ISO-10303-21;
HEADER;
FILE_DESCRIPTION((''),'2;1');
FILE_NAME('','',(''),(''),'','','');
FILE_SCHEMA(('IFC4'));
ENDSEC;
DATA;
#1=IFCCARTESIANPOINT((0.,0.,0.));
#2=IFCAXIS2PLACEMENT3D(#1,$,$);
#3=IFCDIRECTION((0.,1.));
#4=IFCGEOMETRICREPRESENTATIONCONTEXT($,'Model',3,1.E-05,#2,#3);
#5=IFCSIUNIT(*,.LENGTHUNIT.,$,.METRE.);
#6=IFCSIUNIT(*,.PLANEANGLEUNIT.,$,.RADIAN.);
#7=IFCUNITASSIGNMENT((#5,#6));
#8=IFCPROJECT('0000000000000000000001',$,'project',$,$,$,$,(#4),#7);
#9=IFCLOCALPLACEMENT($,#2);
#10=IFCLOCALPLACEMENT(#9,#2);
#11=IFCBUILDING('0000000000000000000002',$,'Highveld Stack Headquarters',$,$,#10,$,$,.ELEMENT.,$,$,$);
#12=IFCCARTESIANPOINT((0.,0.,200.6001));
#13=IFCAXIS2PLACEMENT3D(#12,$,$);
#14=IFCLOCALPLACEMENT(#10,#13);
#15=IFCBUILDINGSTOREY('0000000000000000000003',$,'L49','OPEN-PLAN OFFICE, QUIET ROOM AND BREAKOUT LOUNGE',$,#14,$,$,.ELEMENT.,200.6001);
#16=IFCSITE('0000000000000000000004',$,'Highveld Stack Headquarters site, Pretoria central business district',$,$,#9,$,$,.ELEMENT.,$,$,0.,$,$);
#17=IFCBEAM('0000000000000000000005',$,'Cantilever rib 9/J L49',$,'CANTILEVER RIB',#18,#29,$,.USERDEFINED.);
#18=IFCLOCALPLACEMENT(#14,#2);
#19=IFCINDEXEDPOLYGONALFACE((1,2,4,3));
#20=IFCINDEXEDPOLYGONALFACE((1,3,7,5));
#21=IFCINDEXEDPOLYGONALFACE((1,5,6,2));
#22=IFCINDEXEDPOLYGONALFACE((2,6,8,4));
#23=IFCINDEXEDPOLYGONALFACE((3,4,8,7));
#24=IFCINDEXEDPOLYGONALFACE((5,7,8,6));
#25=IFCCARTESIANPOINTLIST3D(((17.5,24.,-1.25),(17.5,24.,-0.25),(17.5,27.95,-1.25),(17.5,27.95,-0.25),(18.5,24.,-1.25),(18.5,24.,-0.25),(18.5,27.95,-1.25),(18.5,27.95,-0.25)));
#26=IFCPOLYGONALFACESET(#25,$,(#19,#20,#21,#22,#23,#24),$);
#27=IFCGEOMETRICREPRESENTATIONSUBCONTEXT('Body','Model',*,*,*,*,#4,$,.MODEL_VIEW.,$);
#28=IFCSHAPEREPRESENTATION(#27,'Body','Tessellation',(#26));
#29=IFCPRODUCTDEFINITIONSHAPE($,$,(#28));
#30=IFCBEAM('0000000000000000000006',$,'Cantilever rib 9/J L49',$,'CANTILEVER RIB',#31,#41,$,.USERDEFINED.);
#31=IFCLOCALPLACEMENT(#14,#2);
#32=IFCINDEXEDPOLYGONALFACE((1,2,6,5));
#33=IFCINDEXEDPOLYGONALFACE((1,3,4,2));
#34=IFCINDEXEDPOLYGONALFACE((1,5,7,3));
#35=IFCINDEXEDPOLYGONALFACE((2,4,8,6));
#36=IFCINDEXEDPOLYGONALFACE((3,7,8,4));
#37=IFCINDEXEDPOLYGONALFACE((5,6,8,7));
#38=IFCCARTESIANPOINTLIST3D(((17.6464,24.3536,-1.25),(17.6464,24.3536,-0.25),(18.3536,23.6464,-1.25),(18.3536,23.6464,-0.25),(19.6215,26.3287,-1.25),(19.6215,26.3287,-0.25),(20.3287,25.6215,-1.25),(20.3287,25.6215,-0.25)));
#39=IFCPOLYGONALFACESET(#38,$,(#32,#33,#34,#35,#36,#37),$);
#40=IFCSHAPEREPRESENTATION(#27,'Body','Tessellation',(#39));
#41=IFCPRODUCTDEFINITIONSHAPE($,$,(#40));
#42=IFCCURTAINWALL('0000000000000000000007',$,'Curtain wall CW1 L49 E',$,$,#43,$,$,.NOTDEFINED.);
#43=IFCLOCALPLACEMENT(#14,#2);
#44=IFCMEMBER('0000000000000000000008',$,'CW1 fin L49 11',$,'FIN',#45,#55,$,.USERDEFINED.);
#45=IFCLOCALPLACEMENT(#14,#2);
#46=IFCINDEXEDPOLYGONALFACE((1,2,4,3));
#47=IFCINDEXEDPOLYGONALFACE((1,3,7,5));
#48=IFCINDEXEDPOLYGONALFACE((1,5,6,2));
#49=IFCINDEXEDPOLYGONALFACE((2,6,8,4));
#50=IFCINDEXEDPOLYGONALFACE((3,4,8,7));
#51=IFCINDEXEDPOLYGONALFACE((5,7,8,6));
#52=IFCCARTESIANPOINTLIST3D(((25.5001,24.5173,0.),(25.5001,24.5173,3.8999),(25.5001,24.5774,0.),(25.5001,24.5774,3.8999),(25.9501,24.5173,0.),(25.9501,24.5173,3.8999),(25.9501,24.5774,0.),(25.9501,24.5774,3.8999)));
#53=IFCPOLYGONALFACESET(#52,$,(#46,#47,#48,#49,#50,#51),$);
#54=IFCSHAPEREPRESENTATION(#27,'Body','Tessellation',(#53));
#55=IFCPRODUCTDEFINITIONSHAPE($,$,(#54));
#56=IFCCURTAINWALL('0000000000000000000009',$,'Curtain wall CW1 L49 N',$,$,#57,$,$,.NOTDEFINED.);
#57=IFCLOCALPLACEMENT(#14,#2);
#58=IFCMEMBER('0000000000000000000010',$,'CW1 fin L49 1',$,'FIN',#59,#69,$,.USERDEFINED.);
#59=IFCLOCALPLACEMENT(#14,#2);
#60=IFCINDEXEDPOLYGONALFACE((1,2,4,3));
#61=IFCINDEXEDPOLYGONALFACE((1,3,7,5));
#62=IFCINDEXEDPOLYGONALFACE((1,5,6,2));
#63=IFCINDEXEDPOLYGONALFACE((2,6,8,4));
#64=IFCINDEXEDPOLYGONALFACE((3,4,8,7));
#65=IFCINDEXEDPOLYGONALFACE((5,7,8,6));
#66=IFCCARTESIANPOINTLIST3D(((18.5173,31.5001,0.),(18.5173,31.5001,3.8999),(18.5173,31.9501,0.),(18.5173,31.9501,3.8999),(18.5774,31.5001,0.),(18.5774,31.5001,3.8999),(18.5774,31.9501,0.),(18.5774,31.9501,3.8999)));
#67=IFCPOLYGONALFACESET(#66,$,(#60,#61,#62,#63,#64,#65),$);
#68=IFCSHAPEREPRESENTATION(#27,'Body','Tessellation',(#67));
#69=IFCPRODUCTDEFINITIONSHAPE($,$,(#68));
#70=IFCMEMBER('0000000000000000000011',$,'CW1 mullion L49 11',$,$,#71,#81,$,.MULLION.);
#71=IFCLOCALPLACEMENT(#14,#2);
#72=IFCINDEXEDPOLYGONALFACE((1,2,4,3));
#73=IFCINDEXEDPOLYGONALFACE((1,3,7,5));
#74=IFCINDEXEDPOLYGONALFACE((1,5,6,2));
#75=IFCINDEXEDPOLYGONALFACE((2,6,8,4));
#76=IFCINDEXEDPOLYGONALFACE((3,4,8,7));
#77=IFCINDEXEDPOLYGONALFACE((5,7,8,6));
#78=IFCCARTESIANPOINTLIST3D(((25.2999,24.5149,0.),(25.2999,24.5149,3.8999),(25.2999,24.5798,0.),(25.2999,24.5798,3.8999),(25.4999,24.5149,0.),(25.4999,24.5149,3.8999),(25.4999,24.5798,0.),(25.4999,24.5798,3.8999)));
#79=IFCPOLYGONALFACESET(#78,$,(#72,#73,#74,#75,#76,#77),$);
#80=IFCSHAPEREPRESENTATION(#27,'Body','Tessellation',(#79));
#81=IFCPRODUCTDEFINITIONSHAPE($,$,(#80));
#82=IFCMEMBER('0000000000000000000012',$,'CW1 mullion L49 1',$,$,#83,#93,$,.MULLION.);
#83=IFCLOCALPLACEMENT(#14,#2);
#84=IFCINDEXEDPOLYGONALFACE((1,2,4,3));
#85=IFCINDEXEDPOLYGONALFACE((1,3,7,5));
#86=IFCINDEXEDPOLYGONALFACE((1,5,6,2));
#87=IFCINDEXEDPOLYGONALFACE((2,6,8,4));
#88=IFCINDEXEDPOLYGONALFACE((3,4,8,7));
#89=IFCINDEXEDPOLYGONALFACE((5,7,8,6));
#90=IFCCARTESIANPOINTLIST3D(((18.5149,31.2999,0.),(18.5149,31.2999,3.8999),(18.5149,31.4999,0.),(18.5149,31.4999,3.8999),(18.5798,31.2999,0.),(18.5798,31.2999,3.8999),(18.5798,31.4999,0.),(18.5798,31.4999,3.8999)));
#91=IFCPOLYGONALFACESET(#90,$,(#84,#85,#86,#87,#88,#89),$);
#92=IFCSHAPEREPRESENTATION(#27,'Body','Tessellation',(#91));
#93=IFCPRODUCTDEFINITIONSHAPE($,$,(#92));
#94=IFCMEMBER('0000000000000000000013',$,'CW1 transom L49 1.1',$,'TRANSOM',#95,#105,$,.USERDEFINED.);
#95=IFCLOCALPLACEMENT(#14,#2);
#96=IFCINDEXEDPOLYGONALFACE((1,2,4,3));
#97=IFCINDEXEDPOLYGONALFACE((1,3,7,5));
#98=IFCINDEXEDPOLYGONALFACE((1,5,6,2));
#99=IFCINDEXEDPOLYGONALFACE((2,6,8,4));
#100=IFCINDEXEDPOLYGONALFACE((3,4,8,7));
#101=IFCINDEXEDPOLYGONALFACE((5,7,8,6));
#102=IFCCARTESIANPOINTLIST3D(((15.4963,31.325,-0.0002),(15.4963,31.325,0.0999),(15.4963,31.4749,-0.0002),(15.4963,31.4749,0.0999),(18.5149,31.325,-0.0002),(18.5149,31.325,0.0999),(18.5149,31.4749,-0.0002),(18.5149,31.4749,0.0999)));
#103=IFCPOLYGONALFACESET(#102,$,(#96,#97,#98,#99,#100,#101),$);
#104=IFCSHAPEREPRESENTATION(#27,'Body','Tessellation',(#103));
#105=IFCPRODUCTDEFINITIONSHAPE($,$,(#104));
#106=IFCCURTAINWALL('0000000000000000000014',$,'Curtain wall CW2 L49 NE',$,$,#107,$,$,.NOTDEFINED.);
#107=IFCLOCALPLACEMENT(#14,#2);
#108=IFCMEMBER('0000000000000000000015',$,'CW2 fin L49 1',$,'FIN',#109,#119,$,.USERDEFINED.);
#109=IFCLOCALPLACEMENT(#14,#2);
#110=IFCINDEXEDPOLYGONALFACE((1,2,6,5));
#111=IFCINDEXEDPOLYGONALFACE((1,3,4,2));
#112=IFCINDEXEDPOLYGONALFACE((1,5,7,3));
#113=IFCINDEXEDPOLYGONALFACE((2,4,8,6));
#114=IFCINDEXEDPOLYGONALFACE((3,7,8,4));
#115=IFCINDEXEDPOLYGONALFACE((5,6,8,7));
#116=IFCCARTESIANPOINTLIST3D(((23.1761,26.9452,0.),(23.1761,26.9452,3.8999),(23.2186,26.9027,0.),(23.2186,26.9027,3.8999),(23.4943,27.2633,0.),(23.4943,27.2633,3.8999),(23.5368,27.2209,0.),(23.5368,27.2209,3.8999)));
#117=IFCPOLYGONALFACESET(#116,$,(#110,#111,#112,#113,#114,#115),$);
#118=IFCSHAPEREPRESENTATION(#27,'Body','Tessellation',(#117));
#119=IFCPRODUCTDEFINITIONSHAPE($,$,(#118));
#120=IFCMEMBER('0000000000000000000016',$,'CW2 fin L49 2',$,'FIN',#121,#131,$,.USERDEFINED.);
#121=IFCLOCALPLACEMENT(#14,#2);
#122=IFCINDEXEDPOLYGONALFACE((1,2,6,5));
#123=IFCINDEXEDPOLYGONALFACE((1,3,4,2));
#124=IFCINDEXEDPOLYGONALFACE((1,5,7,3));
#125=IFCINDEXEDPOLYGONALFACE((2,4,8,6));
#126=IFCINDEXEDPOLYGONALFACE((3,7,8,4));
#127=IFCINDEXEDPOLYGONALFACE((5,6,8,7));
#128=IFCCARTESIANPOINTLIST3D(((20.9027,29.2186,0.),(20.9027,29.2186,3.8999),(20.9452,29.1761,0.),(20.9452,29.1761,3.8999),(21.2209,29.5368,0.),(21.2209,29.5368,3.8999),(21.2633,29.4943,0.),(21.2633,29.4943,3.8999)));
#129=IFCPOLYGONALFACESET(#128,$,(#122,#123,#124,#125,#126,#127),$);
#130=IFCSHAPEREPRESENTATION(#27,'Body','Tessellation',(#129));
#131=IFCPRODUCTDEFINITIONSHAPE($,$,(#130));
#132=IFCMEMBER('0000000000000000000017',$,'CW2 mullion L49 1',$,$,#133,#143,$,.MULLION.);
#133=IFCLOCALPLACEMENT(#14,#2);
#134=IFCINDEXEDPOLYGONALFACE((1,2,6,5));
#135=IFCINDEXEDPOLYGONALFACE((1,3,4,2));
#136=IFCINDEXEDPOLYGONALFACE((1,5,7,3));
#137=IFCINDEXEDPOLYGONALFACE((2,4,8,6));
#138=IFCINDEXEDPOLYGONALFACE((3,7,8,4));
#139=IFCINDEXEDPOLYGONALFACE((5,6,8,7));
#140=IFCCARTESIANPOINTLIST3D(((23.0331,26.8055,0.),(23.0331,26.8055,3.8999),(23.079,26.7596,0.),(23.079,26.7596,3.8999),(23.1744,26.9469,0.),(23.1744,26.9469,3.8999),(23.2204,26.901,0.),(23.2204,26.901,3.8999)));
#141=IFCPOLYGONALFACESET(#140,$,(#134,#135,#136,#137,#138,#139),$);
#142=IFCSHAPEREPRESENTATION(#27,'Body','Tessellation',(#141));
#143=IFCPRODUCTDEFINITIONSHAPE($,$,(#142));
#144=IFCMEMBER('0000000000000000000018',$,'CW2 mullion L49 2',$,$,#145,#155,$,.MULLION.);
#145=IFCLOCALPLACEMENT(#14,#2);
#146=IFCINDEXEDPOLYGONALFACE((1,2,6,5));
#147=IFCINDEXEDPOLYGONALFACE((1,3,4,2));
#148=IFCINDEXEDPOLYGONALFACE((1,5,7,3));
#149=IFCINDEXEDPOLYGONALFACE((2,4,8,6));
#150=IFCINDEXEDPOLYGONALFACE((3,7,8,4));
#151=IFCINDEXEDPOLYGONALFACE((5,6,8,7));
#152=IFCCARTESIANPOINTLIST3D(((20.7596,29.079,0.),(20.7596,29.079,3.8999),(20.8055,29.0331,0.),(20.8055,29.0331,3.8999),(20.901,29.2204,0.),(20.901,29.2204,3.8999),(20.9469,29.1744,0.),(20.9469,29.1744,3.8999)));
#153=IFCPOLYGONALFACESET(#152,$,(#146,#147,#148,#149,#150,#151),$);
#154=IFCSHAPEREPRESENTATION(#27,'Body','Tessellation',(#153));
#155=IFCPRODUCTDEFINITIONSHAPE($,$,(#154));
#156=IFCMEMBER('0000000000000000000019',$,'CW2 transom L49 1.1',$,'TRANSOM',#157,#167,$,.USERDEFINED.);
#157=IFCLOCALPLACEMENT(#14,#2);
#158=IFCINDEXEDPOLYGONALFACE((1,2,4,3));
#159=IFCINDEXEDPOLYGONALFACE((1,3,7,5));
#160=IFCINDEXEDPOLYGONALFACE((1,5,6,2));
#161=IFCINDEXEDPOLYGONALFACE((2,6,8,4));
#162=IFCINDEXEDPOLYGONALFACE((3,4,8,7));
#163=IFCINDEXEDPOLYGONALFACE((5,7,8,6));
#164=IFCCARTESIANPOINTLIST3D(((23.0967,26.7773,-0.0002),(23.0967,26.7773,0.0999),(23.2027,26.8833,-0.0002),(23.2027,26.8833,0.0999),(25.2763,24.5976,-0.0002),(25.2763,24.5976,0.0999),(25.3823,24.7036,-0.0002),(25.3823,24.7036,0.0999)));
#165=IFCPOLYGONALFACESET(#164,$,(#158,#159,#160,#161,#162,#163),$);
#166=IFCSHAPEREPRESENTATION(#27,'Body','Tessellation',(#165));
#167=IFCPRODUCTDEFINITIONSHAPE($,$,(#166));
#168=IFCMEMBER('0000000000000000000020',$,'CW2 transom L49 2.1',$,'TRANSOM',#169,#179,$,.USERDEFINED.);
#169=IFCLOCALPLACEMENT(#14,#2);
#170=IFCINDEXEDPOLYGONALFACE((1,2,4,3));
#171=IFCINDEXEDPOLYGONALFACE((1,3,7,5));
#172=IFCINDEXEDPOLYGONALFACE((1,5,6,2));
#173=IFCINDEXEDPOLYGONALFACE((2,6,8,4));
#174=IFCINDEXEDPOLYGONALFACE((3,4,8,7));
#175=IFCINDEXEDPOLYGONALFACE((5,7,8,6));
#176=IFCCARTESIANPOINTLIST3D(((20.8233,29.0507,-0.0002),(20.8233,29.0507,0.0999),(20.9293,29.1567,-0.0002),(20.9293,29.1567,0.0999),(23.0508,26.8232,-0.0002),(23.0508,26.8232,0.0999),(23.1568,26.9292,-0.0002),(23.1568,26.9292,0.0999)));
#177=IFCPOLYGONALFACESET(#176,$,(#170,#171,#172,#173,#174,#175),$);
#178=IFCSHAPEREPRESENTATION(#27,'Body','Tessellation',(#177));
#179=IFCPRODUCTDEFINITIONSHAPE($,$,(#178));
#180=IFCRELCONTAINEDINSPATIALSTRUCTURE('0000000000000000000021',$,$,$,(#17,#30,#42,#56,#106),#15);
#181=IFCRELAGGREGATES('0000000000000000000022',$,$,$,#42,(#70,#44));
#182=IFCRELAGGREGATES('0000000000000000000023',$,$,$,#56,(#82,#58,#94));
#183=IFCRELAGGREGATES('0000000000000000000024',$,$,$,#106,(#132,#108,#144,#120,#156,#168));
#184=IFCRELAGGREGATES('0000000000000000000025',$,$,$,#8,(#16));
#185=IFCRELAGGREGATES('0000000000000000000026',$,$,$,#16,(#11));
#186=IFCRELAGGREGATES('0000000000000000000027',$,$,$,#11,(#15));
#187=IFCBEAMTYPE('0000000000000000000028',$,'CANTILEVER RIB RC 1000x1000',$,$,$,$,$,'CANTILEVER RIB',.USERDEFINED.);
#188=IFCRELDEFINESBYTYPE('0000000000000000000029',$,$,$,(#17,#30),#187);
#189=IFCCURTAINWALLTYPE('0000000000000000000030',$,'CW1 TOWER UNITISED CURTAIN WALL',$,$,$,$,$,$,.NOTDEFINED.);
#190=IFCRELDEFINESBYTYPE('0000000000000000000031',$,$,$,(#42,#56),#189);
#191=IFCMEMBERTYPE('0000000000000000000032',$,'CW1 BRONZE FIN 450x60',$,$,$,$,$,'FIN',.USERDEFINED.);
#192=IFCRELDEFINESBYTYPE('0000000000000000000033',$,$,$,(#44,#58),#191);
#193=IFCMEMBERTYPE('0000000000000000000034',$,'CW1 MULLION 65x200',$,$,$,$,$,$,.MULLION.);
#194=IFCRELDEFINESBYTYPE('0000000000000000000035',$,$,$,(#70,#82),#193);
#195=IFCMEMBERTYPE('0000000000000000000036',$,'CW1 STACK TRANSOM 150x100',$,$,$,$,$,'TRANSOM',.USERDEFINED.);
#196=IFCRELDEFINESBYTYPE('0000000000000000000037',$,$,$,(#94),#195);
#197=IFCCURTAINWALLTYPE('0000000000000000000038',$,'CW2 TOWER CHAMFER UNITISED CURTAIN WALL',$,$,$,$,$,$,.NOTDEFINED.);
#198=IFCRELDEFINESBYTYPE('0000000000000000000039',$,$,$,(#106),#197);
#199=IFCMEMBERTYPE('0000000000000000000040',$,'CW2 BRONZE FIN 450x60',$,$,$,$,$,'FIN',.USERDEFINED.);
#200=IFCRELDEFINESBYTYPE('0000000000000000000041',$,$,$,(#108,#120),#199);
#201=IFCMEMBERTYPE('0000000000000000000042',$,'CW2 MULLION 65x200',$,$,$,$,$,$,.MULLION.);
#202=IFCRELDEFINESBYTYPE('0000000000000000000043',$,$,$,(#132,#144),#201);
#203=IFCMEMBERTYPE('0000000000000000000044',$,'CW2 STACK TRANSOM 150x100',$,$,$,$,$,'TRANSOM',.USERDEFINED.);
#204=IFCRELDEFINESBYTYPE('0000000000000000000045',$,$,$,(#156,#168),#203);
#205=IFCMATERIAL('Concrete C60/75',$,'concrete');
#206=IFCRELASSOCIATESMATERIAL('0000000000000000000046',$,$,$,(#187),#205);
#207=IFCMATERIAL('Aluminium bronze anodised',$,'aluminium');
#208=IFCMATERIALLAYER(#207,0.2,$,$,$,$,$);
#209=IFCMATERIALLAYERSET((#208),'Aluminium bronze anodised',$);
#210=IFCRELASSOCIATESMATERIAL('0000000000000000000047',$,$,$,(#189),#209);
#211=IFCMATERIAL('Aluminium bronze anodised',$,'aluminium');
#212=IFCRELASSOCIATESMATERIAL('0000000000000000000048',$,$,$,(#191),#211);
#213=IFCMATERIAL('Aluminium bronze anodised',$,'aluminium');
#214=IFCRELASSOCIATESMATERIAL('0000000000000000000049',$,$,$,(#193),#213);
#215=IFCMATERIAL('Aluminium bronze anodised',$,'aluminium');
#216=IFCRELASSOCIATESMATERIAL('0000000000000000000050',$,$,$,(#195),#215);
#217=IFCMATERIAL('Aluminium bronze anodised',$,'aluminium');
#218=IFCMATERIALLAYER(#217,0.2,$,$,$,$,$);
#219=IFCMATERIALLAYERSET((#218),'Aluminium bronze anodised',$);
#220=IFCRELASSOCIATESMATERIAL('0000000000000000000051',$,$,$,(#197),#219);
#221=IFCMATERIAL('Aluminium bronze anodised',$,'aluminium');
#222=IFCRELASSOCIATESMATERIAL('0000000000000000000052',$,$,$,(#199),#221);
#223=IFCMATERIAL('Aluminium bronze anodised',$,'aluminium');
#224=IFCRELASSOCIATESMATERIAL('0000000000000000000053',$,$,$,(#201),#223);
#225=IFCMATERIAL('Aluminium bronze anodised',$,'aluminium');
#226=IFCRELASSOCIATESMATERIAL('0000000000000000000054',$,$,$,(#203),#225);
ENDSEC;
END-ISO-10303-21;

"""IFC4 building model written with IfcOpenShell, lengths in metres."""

from ifc_helpers import new_model, si_unit, direction, frame, origin, origin_2d, place, context, subcontext, project, spatial, rectangle, extrude, material, layer, layer_set, material_profile, profile_set, type_object, element, aggregate, save


model = new_model("IFC4")

# Units and contexts
model_context = context("Model", 3, precision=1e-05, world=origin(), true_north=direction((0.0, 1.0)))
body_context = subcontext(model_context, "Body", "Model", "MODEL_VIEW")
ifc_project = project(units=[si_unit("LENGTHUNIT", "METRE"), si_unit("PLANEANGLEUNIT", "RADIAN")], contexts=[model_context])

# Site, building, storey
site_placement = place(None, origin())
site = spatial("IfcSite", under=ifc_project, at=site_placement, Name="Highveld Stack Headquarters site, Pretoria central business district", CompositionType="ELEMENT", RefElevation=0.0)
building_placement = place(site_placement, origin())
building = spatial("IfcBuilding", under=site, at=building_placement, Name="Highveld Stack Headquarters", CompositionType="ELEMENT")
storey_placement = place(building_placement, frame((0.0, 0.0, 200.6001)))
storey = spatial("IfcBuildingStorey", under=building, at=storey_placement, Name="L49", Description="OPEN-PLAN OFFICE, QUIET ROOM AND BREAKOUT LOUNGE", CompositionType="ELEMENT", Elevation=200.6001)

# Beams
ifc_material_1 = material(Name="Concrete C60/75", Category="concrete")
ifc_material_profile_1 = material_profile(ifc_material_1, rectangle(XDim=1.0, YDim=1.0, at=origin_2d()), Name="RC 1000x1000")
ifc_profile_set_1 = profile_set([ifc_material_profile_1], Name="Concrete C60/75")
beam_type_1 = type_object("IfcBeamType", Name="CANTILEVER RIB RC 1000x1000", ElementType="CANTILEVER RIB", PredefinedType="USERDEFINED", material=ifc_profile_set_1)
beam_1_placement = place(storey_placement, frame((18.0, 24.0, -0.75), z_axis=(0.0, 1.0, 0.0), x_axis=(-1.0, 0.0, 0.0)))
element("IfcBeam", 1, at=beam_1_placement, inside=storey, type_object=beam_type_1, Name="Cantilever rib 9/J L49", ObjectType="CANTILEVER RIB", PredefinedType="USERDEFINED", context=body_context, shape_type="SweptSolid", body=[
    extrude(rectangle(XDim=1.0, YDim=1.0, at=origin_2d()), origin(), (0.0, 0.0, 1.0), 3.95),
])
beam_2_placement = place(storey_placement, frame((18.0, 24.0, -0.75), z_axis=(0.707107, 0.707107, 0.0), x_axis=(-0.707107, 0.707107, 0.0)))
element("IfcBeam", 2, at=beam_2_placement, inside=storey, type_object=beam_type_1, Name="Cantilever rib 9/J L49", ObjectType="CANTILEVER RIB", PredefinedType="USERDEFINED", context=body_context, shape_type="SweptSolid", body=[
    extrude(rectangle(XDim=1.0, YDim=1.0, at=origin_2d()), origin(), (0.0, 0.0, 1.0), 2.7932),
])

# Curtain walls, members
ifc_material_2 = material(Name="Aluminium bronze anodised", Category="aluminium")
ifc_layer_1 = layer(ifc_material_2, 0.2)
ifc_layer_set_1 = layer_set([ifc_layer_1], Name="Aluminium bronze anodised")
curtain_wall_type_1 = type_object("IfcCurtainWallType", Name="CW1 TOWER UNITISED CURTAIN WALL", PredefinedType="NOTDEFINED", material=ifc_layer_set_1)
curtain_wall_1_placement = place(storey_placement, origin())
curtain_wall_1 = element("IfcCurtainWall", 3, at=curtain_wall_1_placement, inside=storey, type_object=curtain_wall_type_1, Name="Curtain wall CW1 L49 E", PredefinedType="NOTDEFINED")
ifc_material_3 = material(Name="Aluminium bronze anodised", Category="aluminium")
ifc_material_profile_2 = material_profile(ifc_material_3, rectangle(XDim=0.45, YDim=0.0601, at=origin_2d()), Name="FIN 450x60")
ifc_profile_set_2 = profile_set([ifc_material_profile_2], Name="Aluminium bronze anodised")
member_type_1 = type_object("IfcMemberType", Name="CW1 BRONZE FIN 450x60", ElementType="FIN", PredefinedType="USERDEFINED", material=ifc_profile_set_2)
member_1_placement = place(storey_placement, frame((25.7251, 24.5474, 0.0), z_axis=(0.0, 0.0, 1.0), x_axis=(-1.0, 0.0, 0.0)))
member_1 = element("IfcMember", 4, at=member_1_placement, type_object=member_type_1, Name="CW1 fin L49 11", ObjectType="FIN", PredefinedType="USERDEFINED", context=body_context, shape_type="SweptSolid", body=[
    extrude(rectangle(XDim=0.45, YDim=0.0601, at=origin_2d()), origin(), (0.0, 0.0, 1.0), 3.8999),
])
curtain_wall_2_placement = place(storey_placement, origin())
curtain_wall_2 = element("IfcCurtainWall", 5, at=curtain_wall_2_placement, inside=storey, type_object=curtain_wall_type_1, Name="Curtain wall CW1 L49 N", PredefinedType="NOTDEFINED")
member_2_placement = place(storey_placement, frame((18.5474, 31.7251, 0.0), z_axis=(0.0, 0.0, 1.0), x_axis=(0.0, -1.0, 0.0)))
member_2 = element("IfcMember", 6, at=member_2_placement, type_object=member_type_1, Name="CW1 fin L49 1", ObjectType="FIN", PredefinedType="USERDEFINED", context=body_context, shape_type="SweptSolid", body=[
    extrude(rectangle(XDim=0.45, YDim=0.0601, at=origin_2d()), origin(), (0.0, 0.0, 1.0), 3.8999),
])

# Members
ifc_material_4 = material(Name="Aluminium bronze anodised", Category="aluminium")
ifc_material_profile_3 = material_profile(ifc_material_4, rectangle(XDim=0.2, YDim=0.0649, at=origin_2d()), Name="CW1 MULLION 65x200")
ifc_profile_set_3 = profile_set([ifc_material_profile_3], Name="Aluminium bronze anodised")
member_type_2 = type_object("IfcMemberType", Name="CW1 MULLION 65x200", PredefinedType="MULLION", material=ifc_profile_set_3)
member_3_placement = place(storey_placement, frame((25.3999, 24.5474, 0.0), z_axis=(0.0, 0.0, 1.0), x_axis=(-1.0, 0.0, 0.0)))
member_3 = element("IfcMember", 7, at=member_3_placement, type_object=member_type_2, Name="CW1 mullion L49 11", PredefinedType="MULLION", context=body_context, shape_type="SweptSolid", body=[
    extrude(rectangle(XDim=0.2, YDim=0.0649, at=origin_2d()), origin(), (0.0, 0.0, 1.0), 3.8999),
])
aggregate(curtain_wall_1, [member_3, member_1])
member_4_placement = place(storey_placement, frame((18.5474, 31.3999, 0.0), z_axis=(0.0, 0.0, 1.0), x_axis=(0.0, -1.0, 0.0)))
member_4 = element("IfcMember", 8, at=member_4_placement, type_object=member_type_2, Name="CW1 mullion L49 1", PredefinedType="MULLION", context=body_context, shape_type="SweptSolid", body=[
    extrude(rectangle(XDim=0.2, YDim=0.0649, at=origin_2d()), origin(), (0.0, 0.0, 1.0), 3.8999),
])
ifc_material_5 = material(Name="Aluminium bronze anodised", Category="aluminium")
ifc_material_profile_4 = material_profile(ifc_material_5, rectangle(XDim=0.1499, YDim=0.1001, at=origin_2d()), Name="CW1 TRANSOM 150x100")
ifc_profile_set_4 = profile_set([ifc_material_profile_4], Name="Aluminium bronze anodised")
member_type_3 = type_object("IfcMemberType", Name="CW1 STACK TRANSOM 150x100", ElementType="TRANSOM", PredefinedType="USERDEFINED", material=ifc_profile_set_4)
member_5_placement = place(storey_placement, frame((18.5149, 31.3999, 0.0498), z_axis=(-1.0, 0.0, 0.0), x_axis=(0.0, -1.0, 0.0)))
member_5 = element("IfcMember", 9, at=member_5_placement, type_object=member_type_3, Name="CW1 transom L49 1.1", ObjectType="TRANSOM", PredefinedType="USERDEFINED", context=body_context, shape_type="SweptSolid", body=[
    extrude(rectangle(XDim=0.1499, YDim=0.1001, at=origin_2d()), origin(), (0.0, 0.0, 1.0), 3.0186),
])
aggregate(curtain_wall_2, [member_4, member_2, member_5])

# Curtain wall, members
ifc_material_6 = material(Name="Aluminium bronze anodised", Category="aluminium")
ifc_layer_2 = layer(ifc_material_6, 0.2)
ifc_layer_set_2 = layer_set([ifc_layer_2], Name="Aluminium bronze anodised")
curtain_wall_type_2 = type_object("IfcCurtainWallType", Name="CW2 TOWER CHAMFER UNITISED CURTAIN WALL", PredefinedType="NOTDEFINED", material=ifc_layer_set_2)
curtain_wall_3_placement = place(storey_placement, origin())
curtain_wall_3 = element("IfcCurtainWall", 10, at=curtain_wall_3_placement, inside=storey, type_object=curtain_wall_type_2, Name="Curtain wall CW2 L49 NE", PredefinedType="NOTDEFINED")
ifc_material_7 = material(Name="Aluminium bronze anodised", Category="aluminium")
ifc_material_profile_5 = material_profile(ifc_material_7, rectangle(XDim=0.45, YDim=0.0601, at=origin_2d()), Name="FIN 450x60")
ifc_profile_set_5 = profile_set([ifc_material_profile_5], Name="Aluminium bronze anodised")
member_type_4 = type_object("IfcMemberType", Name="CW2 BRONZE FIN 450x60", ElementType="FIN", PredefinedType="USERDEFINED", material=ifc_profile_set_5)
member_6_placement = place(storey_placement, frame((23.3564, 27.083, 0.0), z_axis=(0.0, 0.0, 1.0), x_axis=(-0.707107, -0.707107, 0.0)))
member_6 = element("IfcMember", 11, at=member_6_placement, type_object=member_type_4, Name="CW2 fin L49 1", ObjectType="FIN", PredefinedType="USERDEFINED", context=body_context, shape_type="SweptSolid", body=[
    extrude(rectangle(XDim=0.45, YDim=0.0601, at=origin_2d()), origin(), (0.0, 0.0, 1.0), 3.8999),
])
member_7_placement = place(storey_placement, frame((21.083, 29.3564, 0.0), z_axis=(0.0, 0.0, 1.0), x_axis=(-0.707107, -0.707107, 0.0)))
member_7 = element("IfcMember", 12, at=member_7_placement, type_object=member_type_4, Name="CW2 fin L49 2", ObjectType="FIN", PredefinedType="USERDEFINED", context=body_context, shape_type="SweptSolid", body=[
    extrude(rectangle(XDim=0.45, YDim=0.0601, at=origin_2d()), origin(), (0.0, 0.0, 1.0), 3.8999),
])
ifc_material_8 = material(Name="Aluminium bronze anodised", Category="aluminium")
ifc_material_profile_6 = material_profile(ifc_material_8, rectangle(XDim=0.2, YDim=0.0649, at=origin_2d()), Name="CW2 MULLION 65x200")
ifc_profile_set_6 = profile_set([ifc_material_profile_6], Name="Aluminium bronze anodised")
member_type_5 = type_object("IfcMemberType", Name="CW2 MULLION 65x200", PredefinedType="MULLION", material=ifc_profile_set_6)
member_8_placement = place(storey_placement, frame((23.1267, 26.8533, 0.0), z_axis=(0.0, 0.0, 1.0), x_axis=(-0.707107, -0.707107, 0.0)))
member_8 = element("IfcMember", 13, at=member_8_placement, type_object=member_type_5, Name="CW2 mullion L49 1", PredefinedType="MULLION", context=body_context, shape_type="SweptSolid", body=[
    extrude(rectangle(XDim=0.2, YDim=0.0649, at=origin_2d()), origin(), (0.0, 0.0, 1.0), 3.8999),
])
member_9_placement = place(storey_placement, frame((20.8533, 29.1267, 0.0), z_axis=(0.0, 0.0, 1.0), x_axis=(-0.707107, -0.707107, 0.0)))
member_9 = element("IfcMember", 14, at=member_9_placement, type_object=member_type_5, Name="CW2 mullion L49 2", PredefinedType="MULLION", context=body_context, shape_type="SweptSolid", body=[
    extrude(rectangle(XDim=0.2, YDim=0.0649, at=origin_2d()), origin(), (0.0, 0.0, 1.0), 3.8999),
])
ifc_material_9 = material(Name="Aluminium bronze anodised", Category="aluminium")
ifc_material_profile_7 = material_profile(ifc_material_9, rectangle(XDim=0.1499, YDim=0.1001, at=origin_2d()), Name="CW2 TRANSOM 150x100")
ifc_profile_set_7 = profile_set([ifc_material_profile_7], Name="Aluminium bronze anodised")
member_type_6 = type_object("IfcMemberType", Name="CW2 STACK TRANSOM 150x100", ElementType="TRANSOM", PredefinedType="USERDEFINED", material=ifc_profile_set_7)
member_10_placement = place(storey_placement, frame((25.3293, 24.6506, 0.0498), z_axis=(-0.707107, 0.707107, 0.0), x_axis=(-0.707107, -0.707107, 0.0)))
member_10 = element("IfcMember", 15, at=member_10_placement, type_object=member_type_6, Name="CW2 transom L49 1.1", ObjectType="TRANSOM", PredefinedType="USERDEFINED", context=body_context, shape_type="SweptSolid", body=[
    extrude(rectangle(XDim=0.1499, YDim=0.1001, at=origin_2d()), origin(), (0.0, 0.0, 1.0), 3.0825),
])
member_11_placement = place(storey_placement, frame((23.1038, 26.8762, 0.0498), z_axis=(-0.707107, 0.707107, 0.0), x_axis=(-0.707107, -0.707107, 0.0)))
member_11 = element("IfcMember", 16, at=member_11_placement, type_object=member_type_6, Name="CW2 transom L49 2.1", ObjectType="TRANSOM", PredefinedType="USERDEFINED", context=body_context, shape_type="SweptSolid", body=[
    extrude(rectangle(XDim=0.1499, YDim=0.1001, at=origin_2d()), origin(), (0.0, 0.0, 1.0), 3.1501),
])

aggregate(curtain_wall_3, [member_8, member_6, member_9, member_7, member_10, member_11])

save(model, "model.ifc")
